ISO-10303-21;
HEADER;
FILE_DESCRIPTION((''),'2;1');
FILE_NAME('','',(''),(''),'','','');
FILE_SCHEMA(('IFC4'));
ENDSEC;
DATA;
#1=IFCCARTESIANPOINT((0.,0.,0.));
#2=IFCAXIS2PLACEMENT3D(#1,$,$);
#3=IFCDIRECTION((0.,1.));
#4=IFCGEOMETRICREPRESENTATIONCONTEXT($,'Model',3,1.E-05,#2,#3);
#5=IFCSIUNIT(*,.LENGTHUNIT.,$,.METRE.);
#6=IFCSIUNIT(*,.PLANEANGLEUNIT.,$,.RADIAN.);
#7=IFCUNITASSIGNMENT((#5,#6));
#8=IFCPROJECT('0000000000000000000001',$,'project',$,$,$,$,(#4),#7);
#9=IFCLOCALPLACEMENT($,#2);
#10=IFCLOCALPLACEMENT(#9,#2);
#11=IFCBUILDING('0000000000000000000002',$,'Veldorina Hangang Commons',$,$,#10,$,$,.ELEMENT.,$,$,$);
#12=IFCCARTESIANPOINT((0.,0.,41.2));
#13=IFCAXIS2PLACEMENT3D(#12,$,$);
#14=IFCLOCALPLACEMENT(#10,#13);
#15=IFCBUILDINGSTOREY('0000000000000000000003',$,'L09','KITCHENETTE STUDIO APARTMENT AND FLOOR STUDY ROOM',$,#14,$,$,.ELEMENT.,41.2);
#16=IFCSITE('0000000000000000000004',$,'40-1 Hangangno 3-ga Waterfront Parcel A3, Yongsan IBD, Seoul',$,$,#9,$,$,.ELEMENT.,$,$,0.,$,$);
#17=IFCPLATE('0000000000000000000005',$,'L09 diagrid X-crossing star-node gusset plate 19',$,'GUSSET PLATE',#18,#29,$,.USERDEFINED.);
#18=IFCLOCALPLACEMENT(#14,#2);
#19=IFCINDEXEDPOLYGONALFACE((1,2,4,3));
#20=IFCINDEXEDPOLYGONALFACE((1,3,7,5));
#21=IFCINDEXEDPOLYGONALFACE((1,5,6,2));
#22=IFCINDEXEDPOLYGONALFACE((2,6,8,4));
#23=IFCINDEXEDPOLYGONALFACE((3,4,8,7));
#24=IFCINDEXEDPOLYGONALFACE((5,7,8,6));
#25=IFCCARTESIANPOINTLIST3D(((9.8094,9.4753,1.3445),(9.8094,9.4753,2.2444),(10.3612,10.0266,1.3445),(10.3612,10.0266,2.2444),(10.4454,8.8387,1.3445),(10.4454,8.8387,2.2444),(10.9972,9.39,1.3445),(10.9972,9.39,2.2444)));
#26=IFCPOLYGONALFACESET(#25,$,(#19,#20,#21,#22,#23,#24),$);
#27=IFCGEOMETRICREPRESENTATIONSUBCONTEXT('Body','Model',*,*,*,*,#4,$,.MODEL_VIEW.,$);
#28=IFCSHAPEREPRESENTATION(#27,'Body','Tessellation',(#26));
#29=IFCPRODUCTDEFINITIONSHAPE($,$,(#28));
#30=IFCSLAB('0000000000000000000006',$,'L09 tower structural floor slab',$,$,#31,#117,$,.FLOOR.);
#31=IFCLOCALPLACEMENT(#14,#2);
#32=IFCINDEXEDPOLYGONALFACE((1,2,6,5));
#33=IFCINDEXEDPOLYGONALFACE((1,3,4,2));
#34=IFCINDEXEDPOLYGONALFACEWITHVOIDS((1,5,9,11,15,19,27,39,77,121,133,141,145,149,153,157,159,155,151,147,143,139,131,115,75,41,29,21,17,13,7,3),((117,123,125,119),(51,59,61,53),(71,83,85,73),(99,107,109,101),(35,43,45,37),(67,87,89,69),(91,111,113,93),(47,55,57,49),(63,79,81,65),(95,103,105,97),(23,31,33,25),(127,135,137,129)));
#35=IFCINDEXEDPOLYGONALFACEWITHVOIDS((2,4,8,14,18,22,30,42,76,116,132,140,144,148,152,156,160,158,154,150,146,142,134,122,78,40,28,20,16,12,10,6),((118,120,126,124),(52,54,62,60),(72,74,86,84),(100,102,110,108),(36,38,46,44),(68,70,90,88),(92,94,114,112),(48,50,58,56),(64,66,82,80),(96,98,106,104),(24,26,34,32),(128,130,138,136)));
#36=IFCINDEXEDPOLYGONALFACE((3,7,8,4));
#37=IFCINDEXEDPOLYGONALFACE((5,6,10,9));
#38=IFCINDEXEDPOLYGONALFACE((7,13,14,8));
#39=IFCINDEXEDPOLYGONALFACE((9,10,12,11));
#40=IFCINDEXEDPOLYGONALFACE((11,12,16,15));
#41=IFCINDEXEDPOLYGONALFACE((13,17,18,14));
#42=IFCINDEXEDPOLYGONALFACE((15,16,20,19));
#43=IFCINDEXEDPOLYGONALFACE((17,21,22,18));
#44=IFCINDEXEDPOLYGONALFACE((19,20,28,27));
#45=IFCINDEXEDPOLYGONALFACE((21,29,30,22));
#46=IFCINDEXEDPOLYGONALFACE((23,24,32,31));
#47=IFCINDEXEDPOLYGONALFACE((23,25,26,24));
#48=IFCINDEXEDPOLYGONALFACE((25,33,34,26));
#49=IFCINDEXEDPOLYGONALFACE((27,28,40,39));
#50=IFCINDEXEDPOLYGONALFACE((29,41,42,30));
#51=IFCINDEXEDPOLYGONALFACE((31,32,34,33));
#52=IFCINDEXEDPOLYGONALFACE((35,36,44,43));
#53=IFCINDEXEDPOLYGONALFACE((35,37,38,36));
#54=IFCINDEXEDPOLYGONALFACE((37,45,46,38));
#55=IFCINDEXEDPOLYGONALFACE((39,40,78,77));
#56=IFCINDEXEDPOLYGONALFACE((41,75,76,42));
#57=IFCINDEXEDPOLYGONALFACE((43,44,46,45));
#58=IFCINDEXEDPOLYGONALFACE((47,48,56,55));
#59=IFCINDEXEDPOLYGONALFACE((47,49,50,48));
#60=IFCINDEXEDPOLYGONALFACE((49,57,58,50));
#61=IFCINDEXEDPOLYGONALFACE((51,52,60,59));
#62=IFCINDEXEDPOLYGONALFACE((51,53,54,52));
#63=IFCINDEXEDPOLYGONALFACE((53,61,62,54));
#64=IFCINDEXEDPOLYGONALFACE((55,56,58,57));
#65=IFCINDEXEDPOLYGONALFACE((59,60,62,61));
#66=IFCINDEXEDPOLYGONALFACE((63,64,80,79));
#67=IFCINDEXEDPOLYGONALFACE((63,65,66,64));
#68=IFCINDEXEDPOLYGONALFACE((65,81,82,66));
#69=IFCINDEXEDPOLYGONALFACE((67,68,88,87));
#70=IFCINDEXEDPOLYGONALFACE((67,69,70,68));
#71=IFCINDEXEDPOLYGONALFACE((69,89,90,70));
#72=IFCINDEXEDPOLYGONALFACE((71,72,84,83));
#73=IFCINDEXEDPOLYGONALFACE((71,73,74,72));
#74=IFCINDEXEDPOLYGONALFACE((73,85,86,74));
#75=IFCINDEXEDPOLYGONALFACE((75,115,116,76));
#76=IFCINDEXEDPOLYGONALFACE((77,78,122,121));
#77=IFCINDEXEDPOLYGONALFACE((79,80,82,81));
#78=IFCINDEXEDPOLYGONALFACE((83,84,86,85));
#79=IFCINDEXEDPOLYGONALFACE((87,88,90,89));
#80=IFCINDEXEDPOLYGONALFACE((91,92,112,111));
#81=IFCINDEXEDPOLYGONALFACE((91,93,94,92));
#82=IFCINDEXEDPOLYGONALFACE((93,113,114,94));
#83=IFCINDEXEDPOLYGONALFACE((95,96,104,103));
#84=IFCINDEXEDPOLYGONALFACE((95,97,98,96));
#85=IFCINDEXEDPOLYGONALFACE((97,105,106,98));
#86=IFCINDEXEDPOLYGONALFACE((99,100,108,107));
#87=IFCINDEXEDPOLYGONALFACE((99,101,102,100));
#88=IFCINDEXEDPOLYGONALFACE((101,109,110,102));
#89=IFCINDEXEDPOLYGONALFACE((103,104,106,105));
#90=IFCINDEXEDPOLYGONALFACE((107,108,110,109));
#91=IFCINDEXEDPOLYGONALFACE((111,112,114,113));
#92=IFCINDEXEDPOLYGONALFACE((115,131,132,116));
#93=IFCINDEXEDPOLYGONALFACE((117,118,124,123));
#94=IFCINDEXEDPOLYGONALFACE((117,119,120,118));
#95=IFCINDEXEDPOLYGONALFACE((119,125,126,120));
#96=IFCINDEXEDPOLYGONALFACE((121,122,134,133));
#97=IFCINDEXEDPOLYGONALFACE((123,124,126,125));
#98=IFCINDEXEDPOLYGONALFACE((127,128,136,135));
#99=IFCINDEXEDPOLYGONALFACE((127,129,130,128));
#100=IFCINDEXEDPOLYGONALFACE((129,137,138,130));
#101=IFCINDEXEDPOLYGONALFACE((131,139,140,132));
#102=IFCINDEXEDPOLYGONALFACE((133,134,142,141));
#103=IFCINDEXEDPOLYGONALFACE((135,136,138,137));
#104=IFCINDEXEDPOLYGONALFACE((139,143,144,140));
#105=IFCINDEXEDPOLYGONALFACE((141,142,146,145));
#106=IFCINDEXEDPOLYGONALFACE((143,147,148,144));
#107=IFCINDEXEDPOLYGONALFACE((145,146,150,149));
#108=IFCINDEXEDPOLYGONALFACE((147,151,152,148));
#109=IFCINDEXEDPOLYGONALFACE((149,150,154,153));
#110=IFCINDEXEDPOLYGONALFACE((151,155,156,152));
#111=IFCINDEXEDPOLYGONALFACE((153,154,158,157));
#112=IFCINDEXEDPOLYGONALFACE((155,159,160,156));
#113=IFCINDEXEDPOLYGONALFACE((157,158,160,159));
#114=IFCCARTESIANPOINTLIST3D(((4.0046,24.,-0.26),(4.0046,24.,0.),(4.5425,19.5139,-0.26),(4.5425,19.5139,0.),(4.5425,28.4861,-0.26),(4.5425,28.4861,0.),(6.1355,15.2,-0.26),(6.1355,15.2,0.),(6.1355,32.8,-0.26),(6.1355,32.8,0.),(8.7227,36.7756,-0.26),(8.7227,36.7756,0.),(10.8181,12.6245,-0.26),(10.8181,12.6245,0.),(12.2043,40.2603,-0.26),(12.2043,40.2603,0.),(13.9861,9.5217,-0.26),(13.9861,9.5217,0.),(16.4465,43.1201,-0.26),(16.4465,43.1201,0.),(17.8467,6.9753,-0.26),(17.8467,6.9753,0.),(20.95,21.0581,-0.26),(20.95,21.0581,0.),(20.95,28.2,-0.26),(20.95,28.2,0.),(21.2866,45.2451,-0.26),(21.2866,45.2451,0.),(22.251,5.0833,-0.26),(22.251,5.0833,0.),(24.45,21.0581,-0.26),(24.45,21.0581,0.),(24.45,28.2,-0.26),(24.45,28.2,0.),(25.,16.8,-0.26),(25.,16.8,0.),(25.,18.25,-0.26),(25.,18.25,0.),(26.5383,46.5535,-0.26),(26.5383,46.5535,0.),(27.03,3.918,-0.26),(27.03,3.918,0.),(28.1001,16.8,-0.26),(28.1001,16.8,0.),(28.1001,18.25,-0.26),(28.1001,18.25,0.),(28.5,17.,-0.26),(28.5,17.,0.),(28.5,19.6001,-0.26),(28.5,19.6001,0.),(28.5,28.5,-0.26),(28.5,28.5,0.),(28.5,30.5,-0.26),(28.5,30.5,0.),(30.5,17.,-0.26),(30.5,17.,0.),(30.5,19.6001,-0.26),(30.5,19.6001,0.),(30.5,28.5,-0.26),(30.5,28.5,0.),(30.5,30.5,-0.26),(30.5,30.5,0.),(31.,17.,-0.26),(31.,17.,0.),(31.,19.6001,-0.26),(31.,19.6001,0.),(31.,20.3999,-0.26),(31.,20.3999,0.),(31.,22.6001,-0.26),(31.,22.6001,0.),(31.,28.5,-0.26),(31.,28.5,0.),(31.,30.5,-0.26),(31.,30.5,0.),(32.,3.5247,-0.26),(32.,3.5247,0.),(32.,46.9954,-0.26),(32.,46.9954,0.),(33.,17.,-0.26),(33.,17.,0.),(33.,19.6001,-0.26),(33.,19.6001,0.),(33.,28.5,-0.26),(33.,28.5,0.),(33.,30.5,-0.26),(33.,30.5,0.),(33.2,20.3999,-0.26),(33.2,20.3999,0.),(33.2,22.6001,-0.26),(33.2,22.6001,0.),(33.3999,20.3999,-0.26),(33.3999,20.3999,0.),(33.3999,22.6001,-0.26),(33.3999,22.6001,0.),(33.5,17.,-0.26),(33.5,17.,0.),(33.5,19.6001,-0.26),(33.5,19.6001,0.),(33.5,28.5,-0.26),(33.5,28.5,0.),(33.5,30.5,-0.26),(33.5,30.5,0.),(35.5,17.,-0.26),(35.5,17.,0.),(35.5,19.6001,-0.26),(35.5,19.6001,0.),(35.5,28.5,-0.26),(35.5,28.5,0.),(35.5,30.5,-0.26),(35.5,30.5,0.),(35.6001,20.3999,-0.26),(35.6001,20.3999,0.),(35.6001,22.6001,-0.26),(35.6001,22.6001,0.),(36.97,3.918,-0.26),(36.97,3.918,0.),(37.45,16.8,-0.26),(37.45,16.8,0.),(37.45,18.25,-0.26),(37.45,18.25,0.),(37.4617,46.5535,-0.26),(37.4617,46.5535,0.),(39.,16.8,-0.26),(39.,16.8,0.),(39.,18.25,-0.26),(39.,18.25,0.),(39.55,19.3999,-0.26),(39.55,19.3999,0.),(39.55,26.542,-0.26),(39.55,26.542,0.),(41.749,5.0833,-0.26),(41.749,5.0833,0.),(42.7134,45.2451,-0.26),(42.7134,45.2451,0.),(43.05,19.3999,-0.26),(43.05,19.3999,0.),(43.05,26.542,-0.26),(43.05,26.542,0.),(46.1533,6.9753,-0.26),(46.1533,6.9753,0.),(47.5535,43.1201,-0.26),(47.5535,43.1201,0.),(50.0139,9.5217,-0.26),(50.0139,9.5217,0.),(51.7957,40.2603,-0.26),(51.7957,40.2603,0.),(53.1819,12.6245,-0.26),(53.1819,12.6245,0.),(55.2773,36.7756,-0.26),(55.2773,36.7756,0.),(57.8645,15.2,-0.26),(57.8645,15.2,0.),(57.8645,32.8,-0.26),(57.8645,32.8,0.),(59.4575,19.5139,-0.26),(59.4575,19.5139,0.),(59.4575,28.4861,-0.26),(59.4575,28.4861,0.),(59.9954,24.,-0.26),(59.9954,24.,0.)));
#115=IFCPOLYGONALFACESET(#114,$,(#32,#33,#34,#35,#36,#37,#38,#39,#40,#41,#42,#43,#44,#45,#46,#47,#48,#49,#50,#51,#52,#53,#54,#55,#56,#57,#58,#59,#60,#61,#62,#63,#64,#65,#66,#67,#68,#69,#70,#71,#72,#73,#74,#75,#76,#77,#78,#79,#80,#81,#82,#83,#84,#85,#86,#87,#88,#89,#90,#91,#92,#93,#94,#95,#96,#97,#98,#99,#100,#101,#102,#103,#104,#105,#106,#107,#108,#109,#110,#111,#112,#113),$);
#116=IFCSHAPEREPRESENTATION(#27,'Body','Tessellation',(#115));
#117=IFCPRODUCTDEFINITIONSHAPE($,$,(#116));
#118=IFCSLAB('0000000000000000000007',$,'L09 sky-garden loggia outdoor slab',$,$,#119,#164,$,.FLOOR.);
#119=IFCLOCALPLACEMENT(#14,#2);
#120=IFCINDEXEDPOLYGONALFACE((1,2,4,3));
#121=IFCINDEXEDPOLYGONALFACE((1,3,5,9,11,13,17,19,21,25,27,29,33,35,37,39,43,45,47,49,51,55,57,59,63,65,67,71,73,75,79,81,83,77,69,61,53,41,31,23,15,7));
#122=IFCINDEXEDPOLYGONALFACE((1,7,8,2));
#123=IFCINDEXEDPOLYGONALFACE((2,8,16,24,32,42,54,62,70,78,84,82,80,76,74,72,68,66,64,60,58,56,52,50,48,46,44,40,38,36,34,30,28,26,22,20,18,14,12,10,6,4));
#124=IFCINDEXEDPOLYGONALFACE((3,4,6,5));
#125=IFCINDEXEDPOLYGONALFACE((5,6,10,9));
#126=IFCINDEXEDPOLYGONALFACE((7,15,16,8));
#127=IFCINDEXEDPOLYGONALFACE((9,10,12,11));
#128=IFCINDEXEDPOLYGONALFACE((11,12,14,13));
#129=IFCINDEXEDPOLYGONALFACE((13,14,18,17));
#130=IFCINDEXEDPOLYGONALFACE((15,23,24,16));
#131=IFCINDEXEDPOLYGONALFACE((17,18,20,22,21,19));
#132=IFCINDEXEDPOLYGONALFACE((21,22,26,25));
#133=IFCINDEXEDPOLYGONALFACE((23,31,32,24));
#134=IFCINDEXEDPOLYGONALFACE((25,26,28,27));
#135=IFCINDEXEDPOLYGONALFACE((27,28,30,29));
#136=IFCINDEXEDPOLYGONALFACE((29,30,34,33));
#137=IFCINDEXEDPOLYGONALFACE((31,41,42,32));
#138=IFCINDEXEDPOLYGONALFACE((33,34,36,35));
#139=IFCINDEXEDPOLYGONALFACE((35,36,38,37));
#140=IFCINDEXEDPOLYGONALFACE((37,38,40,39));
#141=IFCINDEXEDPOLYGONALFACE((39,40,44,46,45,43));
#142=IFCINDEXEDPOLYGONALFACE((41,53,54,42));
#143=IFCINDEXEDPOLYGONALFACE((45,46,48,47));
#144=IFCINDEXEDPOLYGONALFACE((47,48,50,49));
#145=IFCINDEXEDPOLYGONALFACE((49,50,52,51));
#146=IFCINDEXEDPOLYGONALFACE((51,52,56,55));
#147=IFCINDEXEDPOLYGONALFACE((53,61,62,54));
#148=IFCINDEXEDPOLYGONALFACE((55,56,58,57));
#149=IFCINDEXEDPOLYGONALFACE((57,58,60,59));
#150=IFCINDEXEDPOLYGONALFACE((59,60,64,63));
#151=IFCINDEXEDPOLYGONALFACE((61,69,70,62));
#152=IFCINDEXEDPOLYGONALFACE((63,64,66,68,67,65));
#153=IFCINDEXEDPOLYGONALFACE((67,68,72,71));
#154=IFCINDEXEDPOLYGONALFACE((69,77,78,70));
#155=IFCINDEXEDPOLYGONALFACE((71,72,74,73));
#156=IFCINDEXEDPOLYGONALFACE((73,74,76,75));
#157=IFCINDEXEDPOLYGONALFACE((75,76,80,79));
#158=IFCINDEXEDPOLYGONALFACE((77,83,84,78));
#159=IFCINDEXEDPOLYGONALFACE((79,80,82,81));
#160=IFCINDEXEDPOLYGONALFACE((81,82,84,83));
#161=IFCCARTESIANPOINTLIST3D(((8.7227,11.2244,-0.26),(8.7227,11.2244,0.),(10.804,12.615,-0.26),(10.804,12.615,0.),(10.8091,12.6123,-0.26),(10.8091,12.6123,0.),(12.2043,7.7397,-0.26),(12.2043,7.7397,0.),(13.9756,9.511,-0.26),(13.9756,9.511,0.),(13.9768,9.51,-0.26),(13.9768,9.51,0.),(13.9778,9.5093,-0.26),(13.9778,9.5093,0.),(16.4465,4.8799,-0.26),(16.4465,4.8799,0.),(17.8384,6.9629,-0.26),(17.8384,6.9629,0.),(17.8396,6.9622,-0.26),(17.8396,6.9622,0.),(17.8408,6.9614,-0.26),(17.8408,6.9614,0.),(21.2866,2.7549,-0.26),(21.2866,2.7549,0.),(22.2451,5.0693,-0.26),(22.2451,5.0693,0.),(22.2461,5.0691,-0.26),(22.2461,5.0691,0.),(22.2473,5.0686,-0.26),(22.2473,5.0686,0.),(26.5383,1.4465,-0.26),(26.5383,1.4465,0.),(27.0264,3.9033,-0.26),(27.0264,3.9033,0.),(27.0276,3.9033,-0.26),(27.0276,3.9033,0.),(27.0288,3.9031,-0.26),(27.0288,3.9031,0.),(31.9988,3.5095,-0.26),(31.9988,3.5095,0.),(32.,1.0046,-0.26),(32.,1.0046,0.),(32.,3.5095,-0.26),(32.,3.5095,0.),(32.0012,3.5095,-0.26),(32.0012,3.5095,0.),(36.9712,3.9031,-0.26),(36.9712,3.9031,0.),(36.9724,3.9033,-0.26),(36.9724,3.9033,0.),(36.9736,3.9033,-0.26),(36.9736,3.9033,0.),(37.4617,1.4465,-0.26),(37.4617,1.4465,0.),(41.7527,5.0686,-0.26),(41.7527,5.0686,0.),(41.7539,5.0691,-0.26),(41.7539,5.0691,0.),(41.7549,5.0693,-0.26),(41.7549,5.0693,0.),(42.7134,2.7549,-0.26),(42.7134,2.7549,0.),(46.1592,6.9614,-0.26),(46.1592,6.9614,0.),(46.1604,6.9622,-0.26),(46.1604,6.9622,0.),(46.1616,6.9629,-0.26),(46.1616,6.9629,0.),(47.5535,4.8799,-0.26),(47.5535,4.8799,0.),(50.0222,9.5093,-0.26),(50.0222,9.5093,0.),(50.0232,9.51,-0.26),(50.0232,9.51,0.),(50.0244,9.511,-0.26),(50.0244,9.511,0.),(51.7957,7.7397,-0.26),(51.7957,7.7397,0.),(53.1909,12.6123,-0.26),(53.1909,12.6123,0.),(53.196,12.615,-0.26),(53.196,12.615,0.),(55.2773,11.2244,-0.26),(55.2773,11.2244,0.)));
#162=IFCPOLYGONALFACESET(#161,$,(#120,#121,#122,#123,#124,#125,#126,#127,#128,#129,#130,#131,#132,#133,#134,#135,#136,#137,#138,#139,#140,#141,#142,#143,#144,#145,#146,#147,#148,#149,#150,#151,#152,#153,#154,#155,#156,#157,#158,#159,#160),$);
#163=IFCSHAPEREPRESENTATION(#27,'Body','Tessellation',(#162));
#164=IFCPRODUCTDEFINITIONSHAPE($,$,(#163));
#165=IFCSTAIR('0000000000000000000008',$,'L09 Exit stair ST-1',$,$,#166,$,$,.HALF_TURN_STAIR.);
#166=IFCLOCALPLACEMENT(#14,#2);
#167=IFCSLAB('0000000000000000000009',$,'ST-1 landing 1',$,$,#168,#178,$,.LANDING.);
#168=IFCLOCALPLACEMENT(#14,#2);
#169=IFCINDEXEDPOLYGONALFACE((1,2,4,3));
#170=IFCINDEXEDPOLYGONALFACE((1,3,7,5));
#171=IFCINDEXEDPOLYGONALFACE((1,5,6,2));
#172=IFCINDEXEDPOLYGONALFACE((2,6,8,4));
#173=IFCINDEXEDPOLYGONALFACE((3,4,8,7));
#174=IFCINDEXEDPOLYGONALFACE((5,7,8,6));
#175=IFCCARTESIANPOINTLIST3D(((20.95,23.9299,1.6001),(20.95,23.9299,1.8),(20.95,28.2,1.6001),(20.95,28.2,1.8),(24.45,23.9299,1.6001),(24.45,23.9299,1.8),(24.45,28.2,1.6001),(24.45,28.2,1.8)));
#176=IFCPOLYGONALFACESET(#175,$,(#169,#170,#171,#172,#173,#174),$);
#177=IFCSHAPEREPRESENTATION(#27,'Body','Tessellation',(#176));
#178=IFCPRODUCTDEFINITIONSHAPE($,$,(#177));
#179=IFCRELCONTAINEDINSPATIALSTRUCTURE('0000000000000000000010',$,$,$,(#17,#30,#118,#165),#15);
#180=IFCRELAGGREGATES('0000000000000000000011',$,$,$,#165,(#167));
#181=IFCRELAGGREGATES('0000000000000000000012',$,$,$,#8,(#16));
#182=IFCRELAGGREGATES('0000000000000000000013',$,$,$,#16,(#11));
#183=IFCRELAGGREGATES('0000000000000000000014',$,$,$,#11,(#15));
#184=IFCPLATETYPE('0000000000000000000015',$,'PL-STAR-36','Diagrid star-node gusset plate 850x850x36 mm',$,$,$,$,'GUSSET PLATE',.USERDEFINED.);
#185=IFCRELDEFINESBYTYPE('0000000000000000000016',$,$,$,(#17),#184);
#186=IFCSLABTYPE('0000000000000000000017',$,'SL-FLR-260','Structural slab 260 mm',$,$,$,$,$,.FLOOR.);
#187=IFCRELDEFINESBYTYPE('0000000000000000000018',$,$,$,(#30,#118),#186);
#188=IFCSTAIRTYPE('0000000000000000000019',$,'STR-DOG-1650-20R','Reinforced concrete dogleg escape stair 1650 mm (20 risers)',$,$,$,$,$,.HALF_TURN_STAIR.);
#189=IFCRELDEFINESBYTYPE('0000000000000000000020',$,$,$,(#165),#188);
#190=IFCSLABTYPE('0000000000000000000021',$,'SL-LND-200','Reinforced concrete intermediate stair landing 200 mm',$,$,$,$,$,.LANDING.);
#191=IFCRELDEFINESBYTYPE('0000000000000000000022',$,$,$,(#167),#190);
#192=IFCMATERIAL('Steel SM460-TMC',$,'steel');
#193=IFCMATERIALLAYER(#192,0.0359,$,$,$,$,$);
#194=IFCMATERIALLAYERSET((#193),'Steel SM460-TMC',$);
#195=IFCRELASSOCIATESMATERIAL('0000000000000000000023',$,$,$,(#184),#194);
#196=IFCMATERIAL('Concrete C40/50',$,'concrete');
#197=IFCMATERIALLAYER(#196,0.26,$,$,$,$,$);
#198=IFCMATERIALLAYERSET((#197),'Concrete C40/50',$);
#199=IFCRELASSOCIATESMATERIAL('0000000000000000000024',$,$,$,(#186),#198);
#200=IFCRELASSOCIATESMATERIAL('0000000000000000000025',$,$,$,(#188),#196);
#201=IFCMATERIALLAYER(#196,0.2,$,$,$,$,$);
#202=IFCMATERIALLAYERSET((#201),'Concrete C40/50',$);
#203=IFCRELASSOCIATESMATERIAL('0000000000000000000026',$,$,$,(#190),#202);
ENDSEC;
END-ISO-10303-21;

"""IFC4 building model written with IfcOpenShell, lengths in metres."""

from ifc_helpers import new_model, si_unit, direction, frame, origin, origin_2d, place, context, subcontext, project, spatial, polyline, rectangle, outline, extrude, material, layer, layer_set, type_object, element, aggregate, save


model = new_model("IFC4")

# Units and contexts
model_context = context("Model", 3, precision=1e-05, world=origin(), true_north=direction((0.0, 1.0)))
body_context = subcontext(model_context, "Body", "Model", "MODEL_VIEW")
ifc_project = project(units=[si_unit("LENGTHUNIT", "METRE"), si_unit("PLANEANGLEUNIT", "RADIAN")], contexts=[model_context])

# Site, building, storey
site_placement = place(None, origin())
site = spatial("IfcSite", under=ifc_project, at=site_placement, Name="40-1 Hangangno 3-ga Waterfront Parcel A3, Yongsan IBD, Seoul", CompositionType="ELEMENT", RefElevation=0.0)
building_placement = place(site_placement, origin())
building = spatial("IfcBuilding", under=site, at=building_placement, Name="Veldorina Hangang Commons", CompositionType="ELEMENT")
storey_placement = place(building_placement, frame((0.0, 0.0, 41.2)))
storey = spatial("IfcBuildingStorey", under=building, at=storey_placement, Name="L09", Description="KITCHENETTE STUDIO APARTMENT AND FLOOR STUDY ROOM", CompositionType="ELEMENT", Elevation=41.2)

# Shared definitions
ifc_material_1 = material(Name="Steel SM460-TMC", Category="steel")

# Plate
ifc_layer_1 = layer(ifc_material_1, 0.0359)
ifc_layer_set_1 = layer_set([ifc_layer_1], Name="Steel SM460-TMC")
plate_type = type_object("IfcPlateType", Name="PL-STAR-36", Description="Diagrid star-node gusset plate 850x850x36 mm", ElementType="GUSSET PLATE", PredefinedType="USERDEFINED", material=ifc_layer_set_1)
plate_1_placement = place(storey_placement, frame((10.4033, 9.4326, 1.3445), z_axis=(0.0, 0.0, 1.0), x_axis=(0.706798, -0.707415, 0.0)))
element("IfcPlate", 1, at=plate_1_placement, inside=storey, type_object=plate_type, Name="L09 diagrid X-crossing star-node gusset plate 19", ObjectType="GUSSET PLATE", PredefinedType="USERDEFINED", context=body_context, shape_type="SweptSolid", body=[
    extrude(rectangle(XDim=0.8999, YDim=0.78, at=origin_2d()), origin(), (0.0, 0.0, 1.0), 0.8999),
])

# Slabs
ifc_material_2 = material(Name="Concrete C40/50", Category="concrete")
ifc_layer_2 = layer(ifc_material_2, 0.26)
ifc_layer_set_2 = layer_set([ifc_layer_2], Name="Concrete C40/50")
slab_type_1 = type_object("IfcSlabType", Name="SL-FLR-260", Description="Structural slab 260 mm", PredefinedType="FLOOR", material=ifc_layer_set_2)
slab_1_placement = place(storey_placement, frame((0.0, 0.0, -0.26)))
element("IfcSlab", 2, at=slab_1_placement, inside=storey, type_object=slab_type_1, Name="L09 tower structural floor slab", PredefinedType="FLOOR", context=body_context, shape_type="SweptSolid", body=[
    extrude(outline(polyline([(59.9954, 24.0), (59.4575, 28.4861), (57.8645, 32.8), (55.2773, 36.7756), (51.7957, 40.2603), (47.5535, 43.1201), (42.7134, 45.2451), (37.4617, 46.5535), (32.0, 46.9954), (26.5383, 46.5535), (21.2866, 45.2451), (16.4465, 43.1201), (12.2043, 40.2603), (8.7227, 36.7756), (6.1355, 32.8), (4.5425, 28.4861), (4.0046, 24.0), (4.5425, 19.5139), (6.1355, 15.2), (10.8181, 12.6245), (13.9861, 9.5217), (17.8467, 6.9753), (22.251, 5.0833), (27.03, 3.918), (32.0, 3.5247), (36.97, 3.918), (41.749, 5.0833), (46.1533, 6.9753), (50.0139, 9.5217), (53.1819, 12.6245), (57.8645, 15.2), (59.4575, 19.5139), (59.9954, 24.0)]), holes=[polyline([(20.95, 21.0581), (20.95, 28.2), (24.45, 28.2), (24.45, 21.0581), (20.95, 21.0581)]), polyline([(43.05, 26.542), (43.05, 19.3999), (39.55, 19.3999), (39.55, 26.542), (43.05, 26.542)]), polyline([(28.5, 30.5), (30.5, 30.5), (30.5, 28.5), (28.5, 28.5), (28.5, 30.5)]), polyline([(31.0, 30.5), (33.0, 30.5), (33.0, 28.5), (31.0, 28.5), (31.0, 30.5)]), polyline([(33.5, 30.5), (35.5, 30.5), (35.5, 28.5), (33.5, 28.5), (33.5, 30.5)]), polyline([(31.0, 22.6001), (33.2, 22.6001), (33.2, 20.3999), (31.0, 20.3999), (31.0, 22.6001)]), polyline([(33.3999, 22.6001), (35.6001, 22.6001), (35.6001, 20.3999), (33.3999, 20.3999), (33.3999, 22.6001)]), polyline([(28.5, 19.6001), (30.5, 19.6001), (30.5, 17.0), (28.5, 17.0), (28.5, 19.6001)]), polyline([(31.0, 19.6001), (33.0, 19.6001), (33.0, 17.0), (31.0, 17.0), (31.0, 19.6001)]), polyline([(33.5, 19.6001), (35.5, 19.6001), (35.5, 17.0), (33.5, 17.0), (33.5, 19.6001)]), polyline([(25.0, 18.25), (28.1001, 18.25), (28.1001, 16.8), (25.0, 16.8), (25.0, 18.25)]), polyline([(37.45, 18.25), (39.0, 18.25), (39.0, 16.8), (37.45, 16.8), (37.45, 18.25)])]), origin(), (0.0, 0.0, 1.0), 0.26),
])
slab_2_placement = place(storey_placement, frame((0.0, 0.0, -0.26)))
element("IfcSlab", 3, at=slab_2_placement, inside=storey, type_object=slab_type_1, Name="L09 sky-garden loggia outdoor slab", PredefinedType="FLOOR", context=body_context, shape_type="SweptSolid", body=[
    extrude(outline(polyline([(55.2773, 11.2244), (51.7957, 7.7397), (47.5535, 4.8799), (42.7134, 2.7549), (37.4617, 1.4465), (32.0, 1.0046), (26.5383, 1.4465), (21.2866, 2.7549), (16.4465, 4.8799), (12.2043, 7.7397), (8.7227, 11.2244), (10.804, 12.615), (10.8091, 12.6123), (13.9756, 9.511), (13.9768, 9.51), (13.9778, 9.5093), (17.8384, 6.9629), (17.8396, 6.9622), (17.8408, 6.9614), (22.2451, 5.0693), (22.2461, 5.0691), (22.2473, 5.0686), (27.0264, 3.9033), (27.0276, 3.9033), (27.0288, 3.9031), (31.9988, 3.5095), (32.0, 3.5095), (32.0012, 3.5095), (36.9712, 3.9031), (36.9724, 3.9033), (36.9736, 3.9033), (41.7527, 5.0686), (41.7539, 5.0691), (41.7549, 5.0693), (46.1592, 6.9614), (46.1604, 6.9622), (46.1616, 6.9629), (50.0222, 9.5093), (50.0232, 9.51), (50.0244, 9.511), (53.1909, 12.6123), (53.196, 12.615), (55.2773, 11.2244)])), origin(), (0.0, 0.0, 1.0), 0.26),
])

# Stair, slab
stair_type = type_object("IfcStairType", Name="STR-DOG-1650-20R", Description="Reinforced concrete dogleg escape stair 1650 mm (20 risers)", PredefinedType="HALF_TURN_STAIR", material=ifc_material_2)
stair_1_placement = place(storey_placement, origin())
stair_1 = element("IfcStair", 4, at=stair_1_placement, inside=storey, type_object=stair_type, Name="L09 Exit stair ST-1", PredefinedType="HALF_TURN_STAIR")
ifc_layer_3 = layer(ifc_material_2, 0.2)
ifc_layer_set_3 = layer_set([ifc_layer_3], Name="Concrete C40/50")
slab_type_2 = type_object("IfcSlabType", Name="SL-LND-200", Description="Reinforced concrete intermediate stair landing 200 mm", PredefinedType="LANDING", material=ifc_layer_set_3)
slab_3_placement = place(storey_placement, frame((0.0, 0.0, 1.6001)))
slab_3 = element("IfcSlab", 5, at=slab_3_placement, type_object=slab_type_2, Name="ST-1 landing 1", PredefinedType="LANDING", context=body_context, shape_type="SweptSolid", body=[
    extrude(outline(polyline([(24.45, 23.9299), (24.45, 28.2), (20.95, 28.2), (20.95, 23.9299), (24.45, 23.9299)])), origin(), (0.0, 0.0, 1.0), 0.2),
])
aggregate(stair_1, [slab_3])

save(model, "model.ifc")
